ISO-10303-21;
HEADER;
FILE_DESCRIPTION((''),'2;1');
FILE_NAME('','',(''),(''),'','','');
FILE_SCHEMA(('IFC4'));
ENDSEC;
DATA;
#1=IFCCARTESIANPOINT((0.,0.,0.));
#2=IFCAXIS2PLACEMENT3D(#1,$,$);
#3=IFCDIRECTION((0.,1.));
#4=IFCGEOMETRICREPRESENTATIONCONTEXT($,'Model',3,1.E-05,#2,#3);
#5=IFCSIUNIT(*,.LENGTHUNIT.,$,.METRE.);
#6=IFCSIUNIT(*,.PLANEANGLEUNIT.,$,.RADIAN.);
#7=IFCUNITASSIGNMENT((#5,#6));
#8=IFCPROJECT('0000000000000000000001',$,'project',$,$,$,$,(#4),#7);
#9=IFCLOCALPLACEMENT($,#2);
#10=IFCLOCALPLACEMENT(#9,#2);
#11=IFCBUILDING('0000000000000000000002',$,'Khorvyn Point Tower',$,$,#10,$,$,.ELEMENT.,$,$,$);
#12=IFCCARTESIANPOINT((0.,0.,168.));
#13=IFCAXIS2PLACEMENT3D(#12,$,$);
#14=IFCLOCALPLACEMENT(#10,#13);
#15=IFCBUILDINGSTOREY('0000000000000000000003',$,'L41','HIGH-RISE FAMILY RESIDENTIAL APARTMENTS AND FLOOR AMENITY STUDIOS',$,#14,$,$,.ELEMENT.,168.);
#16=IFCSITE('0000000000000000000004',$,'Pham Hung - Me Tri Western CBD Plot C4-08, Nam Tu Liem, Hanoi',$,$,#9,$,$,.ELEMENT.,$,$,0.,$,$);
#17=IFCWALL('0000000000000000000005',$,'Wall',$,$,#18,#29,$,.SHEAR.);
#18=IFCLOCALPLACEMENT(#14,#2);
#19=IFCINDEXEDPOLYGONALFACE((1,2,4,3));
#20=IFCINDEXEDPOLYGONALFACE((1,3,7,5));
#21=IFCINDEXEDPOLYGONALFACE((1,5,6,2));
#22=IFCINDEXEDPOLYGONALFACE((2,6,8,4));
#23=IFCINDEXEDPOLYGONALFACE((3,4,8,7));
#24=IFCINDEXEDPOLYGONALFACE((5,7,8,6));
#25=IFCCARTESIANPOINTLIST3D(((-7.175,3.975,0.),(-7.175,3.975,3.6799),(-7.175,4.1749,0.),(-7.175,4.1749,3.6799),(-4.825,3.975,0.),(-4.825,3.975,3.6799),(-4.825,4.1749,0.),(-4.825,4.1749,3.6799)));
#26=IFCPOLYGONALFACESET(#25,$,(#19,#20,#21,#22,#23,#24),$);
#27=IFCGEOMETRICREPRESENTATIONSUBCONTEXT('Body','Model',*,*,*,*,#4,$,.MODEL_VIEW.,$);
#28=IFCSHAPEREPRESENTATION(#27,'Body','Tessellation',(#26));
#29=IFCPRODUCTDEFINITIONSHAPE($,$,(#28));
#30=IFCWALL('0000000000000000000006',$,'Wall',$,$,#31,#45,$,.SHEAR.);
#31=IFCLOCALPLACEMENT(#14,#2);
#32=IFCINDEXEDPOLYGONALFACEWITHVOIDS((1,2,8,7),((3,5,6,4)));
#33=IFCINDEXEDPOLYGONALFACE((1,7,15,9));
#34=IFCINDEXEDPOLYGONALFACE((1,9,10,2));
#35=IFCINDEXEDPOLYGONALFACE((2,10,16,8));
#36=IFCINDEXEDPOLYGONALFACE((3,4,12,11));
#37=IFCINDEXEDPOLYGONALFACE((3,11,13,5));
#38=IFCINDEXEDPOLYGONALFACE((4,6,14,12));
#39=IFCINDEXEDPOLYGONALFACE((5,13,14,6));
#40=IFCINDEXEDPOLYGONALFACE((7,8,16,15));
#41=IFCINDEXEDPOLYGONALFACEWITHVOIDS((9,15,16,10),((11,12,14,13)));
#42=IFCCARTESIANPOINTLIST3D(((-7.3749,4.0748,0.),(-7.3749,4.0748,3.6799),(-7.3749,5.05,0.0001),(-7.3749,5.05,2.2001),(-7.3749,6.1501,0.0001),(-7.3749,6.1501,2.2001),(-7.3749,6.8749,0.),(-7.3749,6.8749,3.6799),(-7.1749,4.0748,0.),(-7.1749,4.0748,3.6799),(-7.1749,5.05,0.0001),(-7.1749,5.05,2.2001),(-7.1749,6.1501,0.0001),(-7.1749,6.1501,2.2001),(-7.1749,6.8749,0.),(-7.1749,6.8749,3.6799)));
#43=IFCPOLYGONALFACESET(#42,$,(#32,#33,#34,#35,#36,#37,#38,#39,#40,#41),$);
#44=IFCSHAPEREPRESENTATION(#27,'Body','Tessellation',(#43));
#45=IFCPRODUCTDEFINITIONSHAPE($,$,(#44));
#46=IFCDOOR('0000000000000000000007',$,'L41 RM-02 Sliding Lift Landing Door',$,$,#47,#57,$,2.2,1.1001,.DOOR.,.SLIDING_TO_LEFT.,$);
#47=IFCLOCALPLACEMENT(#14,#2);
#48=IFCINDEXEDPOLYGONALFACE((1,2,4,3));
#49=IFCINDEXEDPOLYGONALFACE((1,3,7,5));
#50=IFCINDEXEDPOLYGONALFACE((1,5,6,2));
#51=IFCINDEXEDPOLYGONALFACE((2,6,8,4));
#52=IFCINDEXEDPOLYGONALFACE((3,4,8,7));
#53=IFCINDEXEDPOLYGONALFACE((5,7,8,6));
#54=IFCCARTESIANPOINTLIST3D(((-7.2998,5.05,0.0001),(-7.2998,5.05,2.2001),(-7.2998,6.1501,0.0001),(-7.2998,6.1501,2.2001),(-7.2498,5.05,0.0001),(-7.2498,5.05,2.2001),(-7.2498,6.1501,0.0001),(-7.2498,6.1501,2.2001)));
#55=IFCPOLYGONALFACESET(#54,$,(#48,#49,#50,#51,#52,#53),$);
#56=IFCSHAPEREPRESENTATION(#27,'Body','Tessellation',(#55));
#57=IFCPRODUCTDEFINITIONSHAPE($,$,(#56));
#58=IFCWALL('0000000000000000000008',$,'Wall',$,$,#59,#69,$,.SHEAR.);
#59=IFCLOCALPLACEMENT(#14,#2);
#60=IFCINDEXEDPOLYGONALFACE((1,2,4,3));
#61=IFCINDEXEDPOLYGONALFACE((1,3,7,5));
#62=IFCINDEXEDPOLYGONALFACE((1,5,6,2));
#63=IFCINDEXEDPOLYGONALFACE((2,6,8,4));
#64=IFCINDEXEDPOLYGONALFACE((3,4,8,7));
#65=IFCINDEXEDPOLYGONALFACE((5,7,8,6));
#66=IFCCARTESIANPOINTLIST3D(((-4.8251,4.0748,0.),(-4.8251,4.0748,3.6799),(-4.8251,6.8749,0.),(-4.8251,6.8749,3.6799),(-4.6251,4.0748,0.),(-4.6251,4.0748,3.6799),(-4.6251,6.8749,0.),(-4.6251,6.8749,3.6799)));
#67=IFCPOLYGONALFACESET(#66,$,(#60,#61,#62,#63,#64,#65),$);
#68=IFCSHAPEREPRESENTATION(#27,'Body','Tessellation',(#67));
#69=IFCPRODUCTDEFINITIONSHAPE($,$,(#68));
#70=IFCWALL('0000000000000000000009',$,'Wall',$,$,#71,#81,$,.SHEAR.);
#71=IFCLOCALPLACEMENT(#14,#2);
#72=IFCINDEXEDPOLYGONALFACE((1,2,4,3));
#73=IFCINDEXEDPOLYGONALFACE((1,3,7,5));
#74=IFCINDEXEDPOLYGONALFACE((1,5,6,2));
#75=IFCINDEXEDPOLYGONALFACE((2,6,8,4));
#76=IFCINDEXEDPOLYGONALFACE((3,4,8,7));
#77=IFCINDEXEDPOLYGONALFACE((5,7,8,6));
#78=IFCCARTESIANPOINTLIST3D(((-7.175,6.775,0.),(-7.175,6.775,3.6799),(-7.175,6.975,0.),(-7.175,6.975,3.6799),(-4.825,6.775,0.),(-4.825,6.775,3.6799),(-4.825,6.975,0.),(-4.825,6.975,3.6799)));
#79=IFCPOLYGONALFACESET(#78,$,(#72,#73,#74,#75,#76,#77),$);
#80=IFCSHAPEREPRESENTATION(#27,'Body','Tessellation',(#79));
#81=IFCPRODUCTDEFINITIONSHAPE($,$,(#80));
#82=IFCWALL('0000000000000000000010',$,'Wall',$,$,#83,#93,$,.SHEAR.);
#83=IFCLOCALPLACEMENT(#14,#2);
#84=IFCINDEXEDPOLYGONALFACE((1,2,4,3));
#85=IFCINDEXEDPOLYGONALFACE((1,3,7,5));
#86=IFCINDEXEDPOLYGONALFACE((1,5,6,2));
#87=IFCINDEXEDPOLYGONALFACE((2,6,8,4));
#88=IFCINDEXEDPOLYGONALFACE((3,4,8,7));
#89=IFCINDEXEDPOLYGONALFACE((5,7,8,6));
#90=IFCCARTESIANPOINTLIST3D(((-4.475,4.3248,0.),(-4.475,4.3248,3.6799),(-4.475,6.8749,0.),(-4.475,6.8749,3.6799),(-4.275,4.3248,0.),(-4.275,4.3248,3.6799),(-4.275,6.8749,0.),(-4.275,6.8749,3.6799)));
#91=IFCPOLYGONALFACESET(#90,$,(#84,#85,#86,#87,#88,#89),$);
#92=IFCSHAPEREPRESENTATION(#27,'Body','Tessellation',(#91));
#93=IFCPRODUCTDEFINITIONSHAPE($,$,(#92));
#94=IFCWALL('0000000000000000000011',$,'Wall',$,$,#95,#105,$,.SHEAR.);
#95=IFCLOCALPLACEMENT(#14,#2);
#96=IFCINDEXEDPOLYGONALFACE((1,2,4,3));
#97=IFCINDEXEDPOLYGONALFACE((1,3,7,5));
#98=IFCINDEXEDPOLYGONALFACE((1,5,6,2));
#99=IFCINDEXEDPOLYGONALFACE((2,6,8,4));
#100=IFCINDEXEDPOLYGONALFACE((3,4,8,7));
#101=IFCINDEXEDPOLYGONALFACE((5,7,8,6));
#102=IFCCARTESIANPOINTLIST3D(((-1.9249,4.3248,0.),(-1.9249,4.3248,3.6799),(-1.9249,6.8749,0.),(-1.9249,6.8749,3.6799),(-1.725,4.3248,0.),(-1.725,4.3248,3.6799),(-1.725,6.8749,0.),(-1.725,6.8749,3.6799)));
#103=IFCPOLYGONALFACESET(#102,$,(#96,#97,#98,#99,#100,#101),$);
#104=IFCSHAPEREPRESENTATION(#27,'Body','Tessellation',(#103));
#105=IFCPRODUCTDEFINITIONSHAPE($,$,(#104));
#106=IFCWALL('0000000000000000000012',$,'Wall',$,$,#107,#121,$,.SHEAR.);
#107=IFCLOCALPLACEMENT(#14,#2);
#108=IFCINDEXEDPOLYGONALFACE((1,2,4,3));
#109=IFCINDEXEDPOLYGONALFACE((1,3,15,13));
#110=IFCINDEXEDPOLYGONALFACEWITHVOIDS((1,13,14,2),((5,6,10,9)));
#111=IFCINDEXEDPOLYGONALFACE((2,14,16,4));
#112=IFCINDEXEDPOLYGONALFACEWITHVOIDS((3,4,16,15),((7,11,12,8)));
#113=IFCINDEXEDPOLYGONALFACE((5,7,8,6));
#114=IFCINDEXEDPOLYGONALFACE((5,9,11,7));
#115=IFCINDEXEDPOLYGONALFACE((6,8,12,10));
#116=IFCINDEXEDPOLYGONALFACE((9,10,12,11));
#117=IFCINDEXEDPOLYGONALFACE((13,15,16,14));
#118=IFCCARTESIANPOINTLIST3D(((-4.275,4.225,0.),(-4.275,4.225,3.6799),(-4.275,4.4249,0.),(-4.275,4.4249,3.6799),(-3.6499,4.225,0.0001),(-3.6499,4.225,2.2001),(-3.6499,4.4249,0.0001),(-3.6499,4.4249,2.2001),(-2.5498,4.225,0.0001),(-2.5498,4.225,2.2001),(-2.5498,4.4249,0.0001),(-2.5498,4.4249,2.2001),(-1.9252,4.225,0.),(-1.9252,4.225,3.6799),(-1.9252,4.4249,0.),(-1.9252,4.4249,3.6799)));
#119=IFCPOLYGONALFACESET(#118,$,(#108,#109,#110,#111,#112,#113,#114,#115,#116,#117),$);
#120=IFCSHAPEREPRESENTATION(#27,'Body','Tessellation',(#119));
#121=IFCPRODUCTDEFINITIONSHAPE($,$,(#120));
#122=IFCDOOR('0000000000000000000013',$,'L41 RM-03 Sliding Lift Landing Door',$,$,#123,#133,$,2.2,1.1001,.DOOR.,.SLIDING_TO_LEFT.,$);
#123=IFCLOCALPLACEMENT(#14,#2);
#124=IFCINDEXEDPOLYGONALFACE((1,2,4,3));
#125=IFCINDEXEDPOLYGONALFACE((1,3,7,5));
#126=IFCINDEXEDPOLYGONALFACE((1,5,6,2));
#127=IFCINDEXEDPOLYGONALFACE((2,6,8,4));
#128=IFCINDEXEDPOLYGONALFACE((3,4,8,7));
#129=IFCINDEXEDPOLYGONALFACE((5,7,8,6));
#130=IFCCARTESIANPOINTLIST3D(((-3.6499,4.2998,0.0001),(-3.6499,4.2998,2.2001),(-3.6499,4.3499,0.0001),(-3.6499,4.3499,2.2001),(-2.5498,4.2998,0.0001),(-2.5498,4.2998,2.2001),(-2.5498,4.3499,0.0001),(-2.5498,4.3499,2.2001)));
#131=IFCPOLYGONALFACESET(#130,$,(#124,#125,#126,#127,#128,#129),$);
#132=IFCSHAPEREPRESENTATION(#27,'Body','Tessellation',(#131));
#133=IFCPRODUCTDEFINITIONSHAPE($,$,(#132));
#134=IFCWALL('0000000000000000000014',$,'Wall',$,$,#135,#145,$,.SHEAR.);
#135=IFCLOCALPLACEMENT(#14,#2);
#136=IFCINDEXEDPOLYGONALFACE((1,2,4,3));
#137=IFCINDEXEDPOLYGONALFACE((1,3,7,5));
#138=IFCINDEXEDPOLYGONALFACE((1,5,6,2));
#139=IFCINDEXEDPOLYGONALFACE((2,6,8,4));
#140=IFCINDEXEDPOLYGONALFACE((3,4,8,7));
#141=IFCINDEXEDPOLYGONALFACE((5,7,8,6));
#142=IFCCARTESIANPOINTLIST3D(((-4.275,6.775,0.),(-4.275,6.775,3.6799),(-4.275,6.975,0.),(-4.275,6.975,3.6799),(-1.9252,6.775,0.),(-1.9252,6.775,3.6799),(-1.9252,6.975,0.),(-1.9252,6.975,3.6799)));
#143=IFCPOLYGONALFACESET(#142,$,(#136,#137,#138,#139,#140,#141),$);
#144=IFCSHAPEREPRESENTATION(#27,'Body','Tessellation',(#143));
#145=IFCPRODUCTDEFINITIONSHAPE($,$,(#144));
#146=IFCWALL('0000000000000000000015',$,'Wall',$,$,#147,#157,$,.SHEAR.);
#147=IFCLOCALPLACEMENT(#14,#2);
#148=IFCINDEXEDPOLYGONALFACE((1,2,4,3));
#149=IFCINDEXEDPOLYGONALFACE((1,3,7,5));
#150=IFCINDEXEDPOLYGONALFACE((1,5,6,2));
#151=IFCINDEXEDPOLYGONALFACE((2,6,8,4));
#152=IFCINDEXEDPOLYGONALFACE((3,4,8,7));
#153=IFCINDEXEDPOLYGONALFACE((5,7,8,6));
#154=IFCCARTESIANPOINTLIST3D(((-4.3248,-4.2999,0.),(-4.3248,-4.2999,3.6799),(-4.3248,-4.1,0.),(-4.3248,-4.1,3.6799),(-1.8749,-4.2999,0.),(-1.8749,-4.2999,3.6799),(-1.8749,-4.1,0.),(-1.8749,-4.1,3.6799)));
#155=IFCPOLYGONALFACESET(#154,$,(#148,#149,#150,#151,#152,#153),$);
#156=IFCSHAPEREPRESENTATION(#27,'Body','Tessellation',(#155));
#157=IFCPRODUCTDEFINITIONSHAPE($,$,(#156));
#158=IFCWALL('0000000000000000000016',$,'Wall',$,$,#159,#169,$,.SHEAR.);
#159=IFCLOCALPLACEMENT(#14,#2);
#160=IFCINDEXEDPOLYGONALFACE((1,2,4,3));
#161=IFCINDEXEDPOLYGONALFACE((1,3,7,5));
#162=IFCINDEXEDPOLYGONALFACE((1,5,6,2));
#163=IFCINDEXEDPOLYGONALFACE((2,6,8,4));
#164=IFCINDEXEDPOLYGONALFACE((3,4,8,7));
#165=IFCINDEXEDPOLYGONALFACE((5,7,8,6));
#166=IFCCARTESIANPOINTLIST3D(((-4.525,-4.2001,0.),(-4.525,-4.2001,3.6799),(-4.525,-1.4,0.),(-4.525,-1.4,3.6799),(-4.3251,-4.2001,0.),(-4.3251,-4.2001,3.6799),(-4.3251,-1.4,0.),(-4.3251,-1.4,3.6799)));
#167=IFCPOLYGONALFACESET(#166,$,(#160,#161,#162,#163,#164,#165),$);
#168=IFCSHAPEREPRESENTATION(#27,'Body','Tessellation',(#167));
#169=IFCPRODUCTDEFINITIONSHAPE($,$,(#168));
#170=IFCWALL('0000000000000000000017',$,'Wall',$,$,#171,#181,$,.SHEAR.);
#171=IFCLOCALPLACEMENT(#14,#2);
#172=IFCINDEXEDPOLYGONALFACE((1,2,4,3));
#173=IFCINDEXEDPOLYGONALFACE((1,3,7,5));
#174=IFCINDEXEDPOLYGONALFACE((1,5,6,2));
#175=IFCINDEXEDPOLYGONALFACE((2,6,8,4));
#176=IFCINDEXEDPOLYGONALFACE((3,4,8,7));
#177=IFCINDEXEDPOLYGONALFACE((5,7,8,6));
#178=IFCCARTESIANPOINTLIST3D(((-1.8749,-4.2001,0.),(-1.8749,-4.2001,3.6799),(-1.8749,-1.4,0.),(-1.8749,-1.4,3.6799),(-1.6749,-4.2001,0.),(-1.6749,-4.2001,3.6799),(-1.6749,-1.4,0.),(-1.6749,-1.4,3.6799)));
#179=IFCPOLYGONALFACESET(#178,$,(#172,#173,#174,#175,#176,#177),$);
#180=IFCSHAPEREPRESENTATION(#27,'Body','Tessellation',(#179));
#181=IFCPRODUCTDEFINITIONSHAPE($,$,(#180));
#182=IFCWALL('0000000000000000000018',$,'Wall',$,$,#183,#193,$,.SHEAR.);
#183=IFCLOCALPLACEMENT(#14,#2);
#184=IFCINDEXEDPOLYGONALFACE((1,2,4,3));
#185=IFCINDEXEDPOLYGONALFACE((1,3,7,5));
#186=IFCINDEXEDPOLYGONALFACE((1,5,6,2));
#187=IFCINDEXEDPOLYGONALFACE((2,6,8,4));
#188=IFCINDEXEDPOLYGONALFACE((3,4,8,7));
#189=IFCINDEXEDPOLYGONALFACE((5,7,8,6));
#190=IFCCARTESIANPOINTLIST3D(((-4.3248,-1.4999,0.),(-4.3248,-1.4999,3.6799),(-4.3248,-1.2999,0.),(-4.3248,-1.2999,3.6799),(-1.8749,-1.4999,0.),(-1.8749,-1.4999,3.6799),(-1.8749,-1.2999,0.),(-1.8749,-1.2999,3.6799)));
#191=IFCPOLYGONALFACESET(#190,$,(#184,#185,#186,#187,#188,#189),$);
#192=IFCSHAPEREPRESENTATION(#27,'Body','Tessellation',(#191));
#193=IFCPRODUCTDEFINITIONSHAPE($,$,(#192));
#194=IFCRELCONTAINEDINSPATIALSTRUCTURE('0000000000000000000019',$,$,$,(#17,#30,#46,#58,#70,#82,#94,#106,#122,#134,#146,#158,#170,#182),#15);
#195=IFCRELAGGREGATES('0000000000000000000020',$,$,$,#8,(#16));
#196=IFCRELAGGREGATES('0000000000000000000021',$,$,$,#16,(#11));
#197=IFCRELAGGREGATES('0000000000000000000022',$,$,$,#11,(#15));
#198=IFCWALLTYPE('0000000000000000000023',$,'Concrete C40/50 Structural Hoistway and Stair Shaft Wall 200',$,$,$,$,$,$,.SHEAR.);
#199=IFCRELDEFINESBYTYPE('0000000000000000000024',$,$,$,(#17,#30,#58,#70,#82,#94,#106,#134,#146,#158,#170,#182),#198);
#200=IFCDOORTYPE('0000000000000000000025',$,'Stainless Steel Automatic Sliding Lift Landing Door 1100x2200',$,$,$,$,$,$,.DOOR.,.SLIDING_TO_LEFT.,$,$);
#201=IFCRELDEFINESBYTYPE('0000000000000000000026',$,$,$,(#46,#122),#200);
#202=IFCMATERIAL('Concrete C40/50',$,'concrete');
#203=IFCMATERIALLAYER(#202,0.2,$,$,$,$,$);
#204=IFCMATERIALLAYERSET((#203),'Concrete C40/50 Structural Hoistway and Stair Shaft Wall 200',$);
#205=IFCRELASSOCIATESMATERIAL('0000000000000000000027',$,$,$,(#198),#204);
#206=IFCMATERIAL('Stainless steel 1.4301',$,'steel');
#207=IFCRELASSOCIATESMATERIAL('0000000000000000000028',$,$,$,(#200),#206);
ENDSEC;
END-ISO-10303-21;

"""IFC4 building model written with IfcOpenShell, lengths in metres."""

from ifc_helpers import new_model, si_unit, direction, frame, frame_2d, origin, place, context, subcontext, project, spatial, rectangle, extrude, material, layer, layer_set, type_object, element, fill, save


model = new_model("IFC4")

# Units and contexts
model_context = context("Model", 3, precision=1e-05, world=origin(), true_north=direction((0.0, 1.0)))
body_context = subcontext(model_context, "Body", "Model", "MODEL_VIEW")
ifc_project = project(units=[si_unit("LENGTHUNIT", "METRE"), si_unit("PLANEANGLEUNIT", "RADIAN")], contexts=[model_context])

# Site, building, storey
site_placement = place(None, origin())
site = spatial("IfcSite", under=ifc_project, at=site_placement, Name="Pham Hung - Me Tri Western CBD Plot C4-08, Nam Tu Liem, Hanoi", CompositionType="ELEMENT", RefElevation=0.0)
building_placement = place(site_placement, origin())
building = spatial("IfcBuilding", under=site, at=building_placement, Name="Khorvyn Point Tower", CompositionType="ELEMENT")
storey_placement = place(building_placement, frame((0.0, 0.0, 168.0)))
storey = spatial("IfcBuildingStorey", under=building, at=storey_placement, Name="L41", Description="HIGH-RISE FAMILY RESIDENTIAL APARTMENTS AND FLOOR AMENITY STUDIOS", CompositionType="ELEMENT", Elevation=168.0)

# Shared definitions
ifc_material_1 = material(Name="Concrete C40/50", Category="concrete")

# Shared definitions
ifc_layer_1 = layer(ifc_material_1, 0.2)
ifc_layer_set_1 = layer_set([ifc_layer_1], Name="Concrete C40/50 Structural Hoistway and Stair Shaft Wall 200")
wall_type_1 = type_object("IfcWallType", Name="Concrete C40/50 Structural Hoistway and Stair Shaft Wall 200", PredefinedType="SHEAR", material=ifc_layer_set_1)
ifc_material_2 = material(Name="Stainless steel 1.4301", Category="steel")
door_type_1 = type_object("IfcDoorType", Name="Stainless Steel Automatic Sliding Lift Landing Door 1100x2200", OperationType="SLIDING_TO_LEFT", PredefinedType="DOOR", material=ifc_material_2)

# Wall
for number, where, z_axis, x_axis, name in (
    (1, (-7.175, 4.075, 0.0), (0.0, 0.0, 1.0), (1.0, 0.0, 0.0), "Wall"),
):
    element("IfcWall", number, at=place(storey_placement, frame(where, z_axis=z_axis, x_axis=x_axis)), inside=storey, type_object=wall_type_1, Name=name, PredefinedType="SHEAR", context=body_context, shape_type="SweptSolid", body=[
        extrude(rectangle(XDim=2.3501, YDim=0.2, at=frame_2d((1.175, 0.0))), origin(), (0.0, 0.0, 1.0), 3.6799),
    ])

# Wall, opening, door
wall_1_placement = place(storey_placement, frame((-7.2749, 4.075, 0.0), z_axis=(0.0, 0.0, 1.0), x_axis=(0.0, 1.0, 0.0)))
wall_1 = element("IfcWall", 2, at=wall_1_placement, inside=storey, type_object=wall_type_1, Name="Wall", PredefinedType="SHEAR", context=body_context, shape_type="SweptSolid", body=[
    extrude(rectangle(XDim=2.8, YDim=0.2, at=frame_2d((1.3999, 0.0))), origin(), (0.0, 0.0, 1.0), 3.6799),
])
opening_1_placement = place(wall_1_placement, frame((0.9751, 0.0, 0.0)))
opening_1 = element("IfcOpeningElement", 3, at=opening_1_placement, cuts=wall_1, PredefinedType="OPENING", context=body_context, shape_type="SweptSolid", body=[
    extrude(rectangle(XDim=1.1001, YDim=2.2, at=frame_2d((0.55, 1.1001))), frame((0.0, 0.1099, 0.0), z_axis=(0.0, -1.0, 0.0), x_axis=(1.0, 0.0, 0.0)), (0.0, 0.0, 1.0), 0.22),
])
door_1_placement = place(opening_1_placement, origin())
door_1 = element("IfcDoor", 4, at=door_1_placement, inside=storey, type_object=door_type_1, Name="L41 RM-02 Sliding Lift Landing Door", OperationType="SLIDING_TO_LEFT", OverallHeight=2.2, OverallWidth=1.1001, PredefinedType="DOOR", context=body_context, shape_type="SweptSolid", body=[
    extrude(rectangle(XDim=1.1001, YDim=2.2, at=frame_2d((0.55, 1.1001))), frame((0.0, 0.0249, 0.0), z_axis=(0.0, -1.0, 0.0), x_axis=(1.0, 0.0, 0.0)), (0.0, 0.0, 1.0), 0.05),
])
fill(opening_1, door_1)

# Walls
wall_2_placement = place(storey_placement, frame((-4.7251, 4.075, 0.0), z_axis=(0.0, 0.0, 1.0), x_axis=(0.0, 1.0, 0.0)))
element("IfcWall", 5, at=wall_2_placement, inside=storey, type_object=wall_type_1, Name="Wall", PredefinedType="SHEAR", context=body_context, shape_type="SweptSolid", body=[
    extrude(rectangle(XDim=2.8, YDim=0.2, at=frame_2d((1.3999, 0.0))), origin(), (0.0, 0.0, 1.0), 3.6799),
])
wall_3_placement = place(storey_placement, frame((-7.175, 6.875, 0.0), z_axis=(0.0, 0.0, 1.0), x_axis=(1.0, 0.0, 0.0)))
element("IfcWall", 6, at=wall_3_placement, inside=storey, type_object=wall_type_1, Name="Wall", PredefinedType="SHEAR", context=body_context, shape_type="SweptSolid", body=[
    extrude(rectangle(XDim=2.3501, YDim=0.2, at=frame_2d((1.175, 0.0))), origin(), (0.0, 0.0, 1.0), 3.6799),
])
for number, where, z_axis, x_axis, name in (
    (7, (-4.375, 4.325, 0.0), (0.0, 0.0, 1.0), (0.0, 1.0, 0.0), "Wall"),
    (8, (-1.825, 4.325, 0.0), (0.0, 0.0, 1.0), (0.0, 1.0, 0.0), "Wall"),
):
    element("IfcWall", number, at=place(storey_placement, frame(where, z_axis=z_axis, x_axis=x_axis)), inside=storey, type_object=wall_type_1, Name=name, PredefinedType="SHEAR", context=body_context, shape_type="SweptSolid", body=[
        extrude(rectangle(XDim=2.55, YDim=0.2, at=frame_2d((1.2749, 0.0))), origin(), (0.0, 0.0, 1.0), 3.6799),
    ])

# Wall, opening, door
wall_4_placement = place(storey_placement, frame((-4.2749, 4.325, 0.0), z_axis=(0.0, 0.0, 1.0), x_axis=(1.0, 0.0, 0.0)))
wall_4 = element("IfcWall", 9, at=wall_4_placement, inside=storey, type_object=wall_type_1, Name="Wall", PredefinedType="SHEAR", context=body_context, shape_type="SweptSolid", body=[
    extrude(rectangle(XDim=2.3499, YDim=0.2, at=frame_2d((1.1748, 0.0))), origin(), (0.0, 0.0, 1.0), 3.6799),
])
opening_2_placement = place(wall_4_placement, frame((0.625, 0.0, 0.0)))
opening_2 = element("IfcOpeningElement", 10, at=opening_2_placement, cuts=wall_4, PredefinedType="OPENING", context=body_context, shape_type="SweptSolid", body=[
    extrude(rectangle(XDim=1.1001, YDim=2.2, at=frame_2d((0.55, 1.1001))), frame((0.0, 0.1099, 0.0), z_axis=(0.0, -1.0, 0.0), x_axis=(1.0, 0.0, 0.0)), (0.0, 0.0, 1.0), 0.22),
])
door_2_placement = place(opening_2_placement, origin())
door_2 = element("IfcDoor", 11, at=door_2_placement, inside=storey, type_object=door_type_1, Name="L41 RM-03 Sliding Lift Landing Door", OperationType="SLIDING_TO_LEFT", OverallHeight=2.2, OverallWidth=1.1001, PredefinedType="DOOR", context=body_context, shape_type="SweptSolid", body=[
    extrude(rectangle(XDim=1.1001, YDim=2.2, at=frame_2d((0.55, 1.1001))), frame((0.0, 0.0249, 0.0), z_axis=(0.0, -1.0, 0.0), x_axis=(1.0, 0.0, 0.0)), (0.0, 0.0, 1.0), 0.05),
])
fill(opening_2, door_2)

# Walls
wall_5_placement = place(storey_placement, frame((-4.2749, 6.875, 0.0), z_axis=(0.0, 0.0, 1.0), x_axis=(1.0, 0.0, 0.0)))
element("IfcWall", 12, at=wall_5_placement, inside=storey, type_object=wall_type_1, Name="Wall", PredefinedType="SHEAR", context=body_context, shape_type="SweptSolid", body=[
    extrude(rectangle(XDim=2.3499, YDim=0.2, at=frame_2d((1.1748, 0.0))), origin(), (0.0, 0.0, 1.0), 3.6799),
])
wall_6_placement = place(storey_placement, frame((-4.325, -4.2, 0.0), z_axis=(0.0, 0.0, 1.0), x_axis=(1.0, 0.0, 0.0)))
element("IfcWall", 13, at=wall_6_placement, inside=storey, type_object=wall_type_1, Name="Wall", PredefinedType="SHEAR", context=body_context, shape_type="SweptSolid", body=[
    extrude(rectangle(XDim=2.45, YDim=0.2, at=frame_2d((1.2251, 0.0))), origin(), (0.0, 0.0, 1.0), 3.6799),
])
for number, where, z_axis, x_axis, name in (
    (14, (-4.425, -4.2, 0.0), (0.0, 0.0, 1.0), (0.0, 1.0, 0.0), "Wall"),
    (15, (-1.7749, -4.2, 0.0), (0.0, 0.0, 1.0), (0.0, 1.0, 0.0), "Wall"),
):
    element("IfcWall", number, at=place(storey_placement, frame(where, z_axis=z_axis, x_axis=x_axis)), inside=storey, type_object=wall_type_1, Name=name, PredefinedType="SHEAR", context=body_context, shape_type="SweptSolid", body=[
        extrude(rectangle(XDim=2.8, YDim=0.2, at=frame_2d((1.3999, 0.0))), origin(), (0.0, 0.0, 1.0), 3.6799),
    ])
wall_7_placement = place(storey_placement, frame((-4.325, -1.3999, 0.0), z_axis=(0.0, 0.0, 1.0), x_axis=(1.0, 0.0, 0.0)))
element("IfcWall", 16, at=wall_7_placement, inside=storey, type_object=wall_type_1, Name="Wall", PredefinedType="SHEAR", context=body_context, shape_type="SweptSolid", body=[
    extrude(rectangle(XDim=2.45, YDim=0.2, at=frame_2d((1.2251, 0.0))), origin(), (0.0, 0.0, 1.0), 3.6799),
])

save(model, "model.ifc")
